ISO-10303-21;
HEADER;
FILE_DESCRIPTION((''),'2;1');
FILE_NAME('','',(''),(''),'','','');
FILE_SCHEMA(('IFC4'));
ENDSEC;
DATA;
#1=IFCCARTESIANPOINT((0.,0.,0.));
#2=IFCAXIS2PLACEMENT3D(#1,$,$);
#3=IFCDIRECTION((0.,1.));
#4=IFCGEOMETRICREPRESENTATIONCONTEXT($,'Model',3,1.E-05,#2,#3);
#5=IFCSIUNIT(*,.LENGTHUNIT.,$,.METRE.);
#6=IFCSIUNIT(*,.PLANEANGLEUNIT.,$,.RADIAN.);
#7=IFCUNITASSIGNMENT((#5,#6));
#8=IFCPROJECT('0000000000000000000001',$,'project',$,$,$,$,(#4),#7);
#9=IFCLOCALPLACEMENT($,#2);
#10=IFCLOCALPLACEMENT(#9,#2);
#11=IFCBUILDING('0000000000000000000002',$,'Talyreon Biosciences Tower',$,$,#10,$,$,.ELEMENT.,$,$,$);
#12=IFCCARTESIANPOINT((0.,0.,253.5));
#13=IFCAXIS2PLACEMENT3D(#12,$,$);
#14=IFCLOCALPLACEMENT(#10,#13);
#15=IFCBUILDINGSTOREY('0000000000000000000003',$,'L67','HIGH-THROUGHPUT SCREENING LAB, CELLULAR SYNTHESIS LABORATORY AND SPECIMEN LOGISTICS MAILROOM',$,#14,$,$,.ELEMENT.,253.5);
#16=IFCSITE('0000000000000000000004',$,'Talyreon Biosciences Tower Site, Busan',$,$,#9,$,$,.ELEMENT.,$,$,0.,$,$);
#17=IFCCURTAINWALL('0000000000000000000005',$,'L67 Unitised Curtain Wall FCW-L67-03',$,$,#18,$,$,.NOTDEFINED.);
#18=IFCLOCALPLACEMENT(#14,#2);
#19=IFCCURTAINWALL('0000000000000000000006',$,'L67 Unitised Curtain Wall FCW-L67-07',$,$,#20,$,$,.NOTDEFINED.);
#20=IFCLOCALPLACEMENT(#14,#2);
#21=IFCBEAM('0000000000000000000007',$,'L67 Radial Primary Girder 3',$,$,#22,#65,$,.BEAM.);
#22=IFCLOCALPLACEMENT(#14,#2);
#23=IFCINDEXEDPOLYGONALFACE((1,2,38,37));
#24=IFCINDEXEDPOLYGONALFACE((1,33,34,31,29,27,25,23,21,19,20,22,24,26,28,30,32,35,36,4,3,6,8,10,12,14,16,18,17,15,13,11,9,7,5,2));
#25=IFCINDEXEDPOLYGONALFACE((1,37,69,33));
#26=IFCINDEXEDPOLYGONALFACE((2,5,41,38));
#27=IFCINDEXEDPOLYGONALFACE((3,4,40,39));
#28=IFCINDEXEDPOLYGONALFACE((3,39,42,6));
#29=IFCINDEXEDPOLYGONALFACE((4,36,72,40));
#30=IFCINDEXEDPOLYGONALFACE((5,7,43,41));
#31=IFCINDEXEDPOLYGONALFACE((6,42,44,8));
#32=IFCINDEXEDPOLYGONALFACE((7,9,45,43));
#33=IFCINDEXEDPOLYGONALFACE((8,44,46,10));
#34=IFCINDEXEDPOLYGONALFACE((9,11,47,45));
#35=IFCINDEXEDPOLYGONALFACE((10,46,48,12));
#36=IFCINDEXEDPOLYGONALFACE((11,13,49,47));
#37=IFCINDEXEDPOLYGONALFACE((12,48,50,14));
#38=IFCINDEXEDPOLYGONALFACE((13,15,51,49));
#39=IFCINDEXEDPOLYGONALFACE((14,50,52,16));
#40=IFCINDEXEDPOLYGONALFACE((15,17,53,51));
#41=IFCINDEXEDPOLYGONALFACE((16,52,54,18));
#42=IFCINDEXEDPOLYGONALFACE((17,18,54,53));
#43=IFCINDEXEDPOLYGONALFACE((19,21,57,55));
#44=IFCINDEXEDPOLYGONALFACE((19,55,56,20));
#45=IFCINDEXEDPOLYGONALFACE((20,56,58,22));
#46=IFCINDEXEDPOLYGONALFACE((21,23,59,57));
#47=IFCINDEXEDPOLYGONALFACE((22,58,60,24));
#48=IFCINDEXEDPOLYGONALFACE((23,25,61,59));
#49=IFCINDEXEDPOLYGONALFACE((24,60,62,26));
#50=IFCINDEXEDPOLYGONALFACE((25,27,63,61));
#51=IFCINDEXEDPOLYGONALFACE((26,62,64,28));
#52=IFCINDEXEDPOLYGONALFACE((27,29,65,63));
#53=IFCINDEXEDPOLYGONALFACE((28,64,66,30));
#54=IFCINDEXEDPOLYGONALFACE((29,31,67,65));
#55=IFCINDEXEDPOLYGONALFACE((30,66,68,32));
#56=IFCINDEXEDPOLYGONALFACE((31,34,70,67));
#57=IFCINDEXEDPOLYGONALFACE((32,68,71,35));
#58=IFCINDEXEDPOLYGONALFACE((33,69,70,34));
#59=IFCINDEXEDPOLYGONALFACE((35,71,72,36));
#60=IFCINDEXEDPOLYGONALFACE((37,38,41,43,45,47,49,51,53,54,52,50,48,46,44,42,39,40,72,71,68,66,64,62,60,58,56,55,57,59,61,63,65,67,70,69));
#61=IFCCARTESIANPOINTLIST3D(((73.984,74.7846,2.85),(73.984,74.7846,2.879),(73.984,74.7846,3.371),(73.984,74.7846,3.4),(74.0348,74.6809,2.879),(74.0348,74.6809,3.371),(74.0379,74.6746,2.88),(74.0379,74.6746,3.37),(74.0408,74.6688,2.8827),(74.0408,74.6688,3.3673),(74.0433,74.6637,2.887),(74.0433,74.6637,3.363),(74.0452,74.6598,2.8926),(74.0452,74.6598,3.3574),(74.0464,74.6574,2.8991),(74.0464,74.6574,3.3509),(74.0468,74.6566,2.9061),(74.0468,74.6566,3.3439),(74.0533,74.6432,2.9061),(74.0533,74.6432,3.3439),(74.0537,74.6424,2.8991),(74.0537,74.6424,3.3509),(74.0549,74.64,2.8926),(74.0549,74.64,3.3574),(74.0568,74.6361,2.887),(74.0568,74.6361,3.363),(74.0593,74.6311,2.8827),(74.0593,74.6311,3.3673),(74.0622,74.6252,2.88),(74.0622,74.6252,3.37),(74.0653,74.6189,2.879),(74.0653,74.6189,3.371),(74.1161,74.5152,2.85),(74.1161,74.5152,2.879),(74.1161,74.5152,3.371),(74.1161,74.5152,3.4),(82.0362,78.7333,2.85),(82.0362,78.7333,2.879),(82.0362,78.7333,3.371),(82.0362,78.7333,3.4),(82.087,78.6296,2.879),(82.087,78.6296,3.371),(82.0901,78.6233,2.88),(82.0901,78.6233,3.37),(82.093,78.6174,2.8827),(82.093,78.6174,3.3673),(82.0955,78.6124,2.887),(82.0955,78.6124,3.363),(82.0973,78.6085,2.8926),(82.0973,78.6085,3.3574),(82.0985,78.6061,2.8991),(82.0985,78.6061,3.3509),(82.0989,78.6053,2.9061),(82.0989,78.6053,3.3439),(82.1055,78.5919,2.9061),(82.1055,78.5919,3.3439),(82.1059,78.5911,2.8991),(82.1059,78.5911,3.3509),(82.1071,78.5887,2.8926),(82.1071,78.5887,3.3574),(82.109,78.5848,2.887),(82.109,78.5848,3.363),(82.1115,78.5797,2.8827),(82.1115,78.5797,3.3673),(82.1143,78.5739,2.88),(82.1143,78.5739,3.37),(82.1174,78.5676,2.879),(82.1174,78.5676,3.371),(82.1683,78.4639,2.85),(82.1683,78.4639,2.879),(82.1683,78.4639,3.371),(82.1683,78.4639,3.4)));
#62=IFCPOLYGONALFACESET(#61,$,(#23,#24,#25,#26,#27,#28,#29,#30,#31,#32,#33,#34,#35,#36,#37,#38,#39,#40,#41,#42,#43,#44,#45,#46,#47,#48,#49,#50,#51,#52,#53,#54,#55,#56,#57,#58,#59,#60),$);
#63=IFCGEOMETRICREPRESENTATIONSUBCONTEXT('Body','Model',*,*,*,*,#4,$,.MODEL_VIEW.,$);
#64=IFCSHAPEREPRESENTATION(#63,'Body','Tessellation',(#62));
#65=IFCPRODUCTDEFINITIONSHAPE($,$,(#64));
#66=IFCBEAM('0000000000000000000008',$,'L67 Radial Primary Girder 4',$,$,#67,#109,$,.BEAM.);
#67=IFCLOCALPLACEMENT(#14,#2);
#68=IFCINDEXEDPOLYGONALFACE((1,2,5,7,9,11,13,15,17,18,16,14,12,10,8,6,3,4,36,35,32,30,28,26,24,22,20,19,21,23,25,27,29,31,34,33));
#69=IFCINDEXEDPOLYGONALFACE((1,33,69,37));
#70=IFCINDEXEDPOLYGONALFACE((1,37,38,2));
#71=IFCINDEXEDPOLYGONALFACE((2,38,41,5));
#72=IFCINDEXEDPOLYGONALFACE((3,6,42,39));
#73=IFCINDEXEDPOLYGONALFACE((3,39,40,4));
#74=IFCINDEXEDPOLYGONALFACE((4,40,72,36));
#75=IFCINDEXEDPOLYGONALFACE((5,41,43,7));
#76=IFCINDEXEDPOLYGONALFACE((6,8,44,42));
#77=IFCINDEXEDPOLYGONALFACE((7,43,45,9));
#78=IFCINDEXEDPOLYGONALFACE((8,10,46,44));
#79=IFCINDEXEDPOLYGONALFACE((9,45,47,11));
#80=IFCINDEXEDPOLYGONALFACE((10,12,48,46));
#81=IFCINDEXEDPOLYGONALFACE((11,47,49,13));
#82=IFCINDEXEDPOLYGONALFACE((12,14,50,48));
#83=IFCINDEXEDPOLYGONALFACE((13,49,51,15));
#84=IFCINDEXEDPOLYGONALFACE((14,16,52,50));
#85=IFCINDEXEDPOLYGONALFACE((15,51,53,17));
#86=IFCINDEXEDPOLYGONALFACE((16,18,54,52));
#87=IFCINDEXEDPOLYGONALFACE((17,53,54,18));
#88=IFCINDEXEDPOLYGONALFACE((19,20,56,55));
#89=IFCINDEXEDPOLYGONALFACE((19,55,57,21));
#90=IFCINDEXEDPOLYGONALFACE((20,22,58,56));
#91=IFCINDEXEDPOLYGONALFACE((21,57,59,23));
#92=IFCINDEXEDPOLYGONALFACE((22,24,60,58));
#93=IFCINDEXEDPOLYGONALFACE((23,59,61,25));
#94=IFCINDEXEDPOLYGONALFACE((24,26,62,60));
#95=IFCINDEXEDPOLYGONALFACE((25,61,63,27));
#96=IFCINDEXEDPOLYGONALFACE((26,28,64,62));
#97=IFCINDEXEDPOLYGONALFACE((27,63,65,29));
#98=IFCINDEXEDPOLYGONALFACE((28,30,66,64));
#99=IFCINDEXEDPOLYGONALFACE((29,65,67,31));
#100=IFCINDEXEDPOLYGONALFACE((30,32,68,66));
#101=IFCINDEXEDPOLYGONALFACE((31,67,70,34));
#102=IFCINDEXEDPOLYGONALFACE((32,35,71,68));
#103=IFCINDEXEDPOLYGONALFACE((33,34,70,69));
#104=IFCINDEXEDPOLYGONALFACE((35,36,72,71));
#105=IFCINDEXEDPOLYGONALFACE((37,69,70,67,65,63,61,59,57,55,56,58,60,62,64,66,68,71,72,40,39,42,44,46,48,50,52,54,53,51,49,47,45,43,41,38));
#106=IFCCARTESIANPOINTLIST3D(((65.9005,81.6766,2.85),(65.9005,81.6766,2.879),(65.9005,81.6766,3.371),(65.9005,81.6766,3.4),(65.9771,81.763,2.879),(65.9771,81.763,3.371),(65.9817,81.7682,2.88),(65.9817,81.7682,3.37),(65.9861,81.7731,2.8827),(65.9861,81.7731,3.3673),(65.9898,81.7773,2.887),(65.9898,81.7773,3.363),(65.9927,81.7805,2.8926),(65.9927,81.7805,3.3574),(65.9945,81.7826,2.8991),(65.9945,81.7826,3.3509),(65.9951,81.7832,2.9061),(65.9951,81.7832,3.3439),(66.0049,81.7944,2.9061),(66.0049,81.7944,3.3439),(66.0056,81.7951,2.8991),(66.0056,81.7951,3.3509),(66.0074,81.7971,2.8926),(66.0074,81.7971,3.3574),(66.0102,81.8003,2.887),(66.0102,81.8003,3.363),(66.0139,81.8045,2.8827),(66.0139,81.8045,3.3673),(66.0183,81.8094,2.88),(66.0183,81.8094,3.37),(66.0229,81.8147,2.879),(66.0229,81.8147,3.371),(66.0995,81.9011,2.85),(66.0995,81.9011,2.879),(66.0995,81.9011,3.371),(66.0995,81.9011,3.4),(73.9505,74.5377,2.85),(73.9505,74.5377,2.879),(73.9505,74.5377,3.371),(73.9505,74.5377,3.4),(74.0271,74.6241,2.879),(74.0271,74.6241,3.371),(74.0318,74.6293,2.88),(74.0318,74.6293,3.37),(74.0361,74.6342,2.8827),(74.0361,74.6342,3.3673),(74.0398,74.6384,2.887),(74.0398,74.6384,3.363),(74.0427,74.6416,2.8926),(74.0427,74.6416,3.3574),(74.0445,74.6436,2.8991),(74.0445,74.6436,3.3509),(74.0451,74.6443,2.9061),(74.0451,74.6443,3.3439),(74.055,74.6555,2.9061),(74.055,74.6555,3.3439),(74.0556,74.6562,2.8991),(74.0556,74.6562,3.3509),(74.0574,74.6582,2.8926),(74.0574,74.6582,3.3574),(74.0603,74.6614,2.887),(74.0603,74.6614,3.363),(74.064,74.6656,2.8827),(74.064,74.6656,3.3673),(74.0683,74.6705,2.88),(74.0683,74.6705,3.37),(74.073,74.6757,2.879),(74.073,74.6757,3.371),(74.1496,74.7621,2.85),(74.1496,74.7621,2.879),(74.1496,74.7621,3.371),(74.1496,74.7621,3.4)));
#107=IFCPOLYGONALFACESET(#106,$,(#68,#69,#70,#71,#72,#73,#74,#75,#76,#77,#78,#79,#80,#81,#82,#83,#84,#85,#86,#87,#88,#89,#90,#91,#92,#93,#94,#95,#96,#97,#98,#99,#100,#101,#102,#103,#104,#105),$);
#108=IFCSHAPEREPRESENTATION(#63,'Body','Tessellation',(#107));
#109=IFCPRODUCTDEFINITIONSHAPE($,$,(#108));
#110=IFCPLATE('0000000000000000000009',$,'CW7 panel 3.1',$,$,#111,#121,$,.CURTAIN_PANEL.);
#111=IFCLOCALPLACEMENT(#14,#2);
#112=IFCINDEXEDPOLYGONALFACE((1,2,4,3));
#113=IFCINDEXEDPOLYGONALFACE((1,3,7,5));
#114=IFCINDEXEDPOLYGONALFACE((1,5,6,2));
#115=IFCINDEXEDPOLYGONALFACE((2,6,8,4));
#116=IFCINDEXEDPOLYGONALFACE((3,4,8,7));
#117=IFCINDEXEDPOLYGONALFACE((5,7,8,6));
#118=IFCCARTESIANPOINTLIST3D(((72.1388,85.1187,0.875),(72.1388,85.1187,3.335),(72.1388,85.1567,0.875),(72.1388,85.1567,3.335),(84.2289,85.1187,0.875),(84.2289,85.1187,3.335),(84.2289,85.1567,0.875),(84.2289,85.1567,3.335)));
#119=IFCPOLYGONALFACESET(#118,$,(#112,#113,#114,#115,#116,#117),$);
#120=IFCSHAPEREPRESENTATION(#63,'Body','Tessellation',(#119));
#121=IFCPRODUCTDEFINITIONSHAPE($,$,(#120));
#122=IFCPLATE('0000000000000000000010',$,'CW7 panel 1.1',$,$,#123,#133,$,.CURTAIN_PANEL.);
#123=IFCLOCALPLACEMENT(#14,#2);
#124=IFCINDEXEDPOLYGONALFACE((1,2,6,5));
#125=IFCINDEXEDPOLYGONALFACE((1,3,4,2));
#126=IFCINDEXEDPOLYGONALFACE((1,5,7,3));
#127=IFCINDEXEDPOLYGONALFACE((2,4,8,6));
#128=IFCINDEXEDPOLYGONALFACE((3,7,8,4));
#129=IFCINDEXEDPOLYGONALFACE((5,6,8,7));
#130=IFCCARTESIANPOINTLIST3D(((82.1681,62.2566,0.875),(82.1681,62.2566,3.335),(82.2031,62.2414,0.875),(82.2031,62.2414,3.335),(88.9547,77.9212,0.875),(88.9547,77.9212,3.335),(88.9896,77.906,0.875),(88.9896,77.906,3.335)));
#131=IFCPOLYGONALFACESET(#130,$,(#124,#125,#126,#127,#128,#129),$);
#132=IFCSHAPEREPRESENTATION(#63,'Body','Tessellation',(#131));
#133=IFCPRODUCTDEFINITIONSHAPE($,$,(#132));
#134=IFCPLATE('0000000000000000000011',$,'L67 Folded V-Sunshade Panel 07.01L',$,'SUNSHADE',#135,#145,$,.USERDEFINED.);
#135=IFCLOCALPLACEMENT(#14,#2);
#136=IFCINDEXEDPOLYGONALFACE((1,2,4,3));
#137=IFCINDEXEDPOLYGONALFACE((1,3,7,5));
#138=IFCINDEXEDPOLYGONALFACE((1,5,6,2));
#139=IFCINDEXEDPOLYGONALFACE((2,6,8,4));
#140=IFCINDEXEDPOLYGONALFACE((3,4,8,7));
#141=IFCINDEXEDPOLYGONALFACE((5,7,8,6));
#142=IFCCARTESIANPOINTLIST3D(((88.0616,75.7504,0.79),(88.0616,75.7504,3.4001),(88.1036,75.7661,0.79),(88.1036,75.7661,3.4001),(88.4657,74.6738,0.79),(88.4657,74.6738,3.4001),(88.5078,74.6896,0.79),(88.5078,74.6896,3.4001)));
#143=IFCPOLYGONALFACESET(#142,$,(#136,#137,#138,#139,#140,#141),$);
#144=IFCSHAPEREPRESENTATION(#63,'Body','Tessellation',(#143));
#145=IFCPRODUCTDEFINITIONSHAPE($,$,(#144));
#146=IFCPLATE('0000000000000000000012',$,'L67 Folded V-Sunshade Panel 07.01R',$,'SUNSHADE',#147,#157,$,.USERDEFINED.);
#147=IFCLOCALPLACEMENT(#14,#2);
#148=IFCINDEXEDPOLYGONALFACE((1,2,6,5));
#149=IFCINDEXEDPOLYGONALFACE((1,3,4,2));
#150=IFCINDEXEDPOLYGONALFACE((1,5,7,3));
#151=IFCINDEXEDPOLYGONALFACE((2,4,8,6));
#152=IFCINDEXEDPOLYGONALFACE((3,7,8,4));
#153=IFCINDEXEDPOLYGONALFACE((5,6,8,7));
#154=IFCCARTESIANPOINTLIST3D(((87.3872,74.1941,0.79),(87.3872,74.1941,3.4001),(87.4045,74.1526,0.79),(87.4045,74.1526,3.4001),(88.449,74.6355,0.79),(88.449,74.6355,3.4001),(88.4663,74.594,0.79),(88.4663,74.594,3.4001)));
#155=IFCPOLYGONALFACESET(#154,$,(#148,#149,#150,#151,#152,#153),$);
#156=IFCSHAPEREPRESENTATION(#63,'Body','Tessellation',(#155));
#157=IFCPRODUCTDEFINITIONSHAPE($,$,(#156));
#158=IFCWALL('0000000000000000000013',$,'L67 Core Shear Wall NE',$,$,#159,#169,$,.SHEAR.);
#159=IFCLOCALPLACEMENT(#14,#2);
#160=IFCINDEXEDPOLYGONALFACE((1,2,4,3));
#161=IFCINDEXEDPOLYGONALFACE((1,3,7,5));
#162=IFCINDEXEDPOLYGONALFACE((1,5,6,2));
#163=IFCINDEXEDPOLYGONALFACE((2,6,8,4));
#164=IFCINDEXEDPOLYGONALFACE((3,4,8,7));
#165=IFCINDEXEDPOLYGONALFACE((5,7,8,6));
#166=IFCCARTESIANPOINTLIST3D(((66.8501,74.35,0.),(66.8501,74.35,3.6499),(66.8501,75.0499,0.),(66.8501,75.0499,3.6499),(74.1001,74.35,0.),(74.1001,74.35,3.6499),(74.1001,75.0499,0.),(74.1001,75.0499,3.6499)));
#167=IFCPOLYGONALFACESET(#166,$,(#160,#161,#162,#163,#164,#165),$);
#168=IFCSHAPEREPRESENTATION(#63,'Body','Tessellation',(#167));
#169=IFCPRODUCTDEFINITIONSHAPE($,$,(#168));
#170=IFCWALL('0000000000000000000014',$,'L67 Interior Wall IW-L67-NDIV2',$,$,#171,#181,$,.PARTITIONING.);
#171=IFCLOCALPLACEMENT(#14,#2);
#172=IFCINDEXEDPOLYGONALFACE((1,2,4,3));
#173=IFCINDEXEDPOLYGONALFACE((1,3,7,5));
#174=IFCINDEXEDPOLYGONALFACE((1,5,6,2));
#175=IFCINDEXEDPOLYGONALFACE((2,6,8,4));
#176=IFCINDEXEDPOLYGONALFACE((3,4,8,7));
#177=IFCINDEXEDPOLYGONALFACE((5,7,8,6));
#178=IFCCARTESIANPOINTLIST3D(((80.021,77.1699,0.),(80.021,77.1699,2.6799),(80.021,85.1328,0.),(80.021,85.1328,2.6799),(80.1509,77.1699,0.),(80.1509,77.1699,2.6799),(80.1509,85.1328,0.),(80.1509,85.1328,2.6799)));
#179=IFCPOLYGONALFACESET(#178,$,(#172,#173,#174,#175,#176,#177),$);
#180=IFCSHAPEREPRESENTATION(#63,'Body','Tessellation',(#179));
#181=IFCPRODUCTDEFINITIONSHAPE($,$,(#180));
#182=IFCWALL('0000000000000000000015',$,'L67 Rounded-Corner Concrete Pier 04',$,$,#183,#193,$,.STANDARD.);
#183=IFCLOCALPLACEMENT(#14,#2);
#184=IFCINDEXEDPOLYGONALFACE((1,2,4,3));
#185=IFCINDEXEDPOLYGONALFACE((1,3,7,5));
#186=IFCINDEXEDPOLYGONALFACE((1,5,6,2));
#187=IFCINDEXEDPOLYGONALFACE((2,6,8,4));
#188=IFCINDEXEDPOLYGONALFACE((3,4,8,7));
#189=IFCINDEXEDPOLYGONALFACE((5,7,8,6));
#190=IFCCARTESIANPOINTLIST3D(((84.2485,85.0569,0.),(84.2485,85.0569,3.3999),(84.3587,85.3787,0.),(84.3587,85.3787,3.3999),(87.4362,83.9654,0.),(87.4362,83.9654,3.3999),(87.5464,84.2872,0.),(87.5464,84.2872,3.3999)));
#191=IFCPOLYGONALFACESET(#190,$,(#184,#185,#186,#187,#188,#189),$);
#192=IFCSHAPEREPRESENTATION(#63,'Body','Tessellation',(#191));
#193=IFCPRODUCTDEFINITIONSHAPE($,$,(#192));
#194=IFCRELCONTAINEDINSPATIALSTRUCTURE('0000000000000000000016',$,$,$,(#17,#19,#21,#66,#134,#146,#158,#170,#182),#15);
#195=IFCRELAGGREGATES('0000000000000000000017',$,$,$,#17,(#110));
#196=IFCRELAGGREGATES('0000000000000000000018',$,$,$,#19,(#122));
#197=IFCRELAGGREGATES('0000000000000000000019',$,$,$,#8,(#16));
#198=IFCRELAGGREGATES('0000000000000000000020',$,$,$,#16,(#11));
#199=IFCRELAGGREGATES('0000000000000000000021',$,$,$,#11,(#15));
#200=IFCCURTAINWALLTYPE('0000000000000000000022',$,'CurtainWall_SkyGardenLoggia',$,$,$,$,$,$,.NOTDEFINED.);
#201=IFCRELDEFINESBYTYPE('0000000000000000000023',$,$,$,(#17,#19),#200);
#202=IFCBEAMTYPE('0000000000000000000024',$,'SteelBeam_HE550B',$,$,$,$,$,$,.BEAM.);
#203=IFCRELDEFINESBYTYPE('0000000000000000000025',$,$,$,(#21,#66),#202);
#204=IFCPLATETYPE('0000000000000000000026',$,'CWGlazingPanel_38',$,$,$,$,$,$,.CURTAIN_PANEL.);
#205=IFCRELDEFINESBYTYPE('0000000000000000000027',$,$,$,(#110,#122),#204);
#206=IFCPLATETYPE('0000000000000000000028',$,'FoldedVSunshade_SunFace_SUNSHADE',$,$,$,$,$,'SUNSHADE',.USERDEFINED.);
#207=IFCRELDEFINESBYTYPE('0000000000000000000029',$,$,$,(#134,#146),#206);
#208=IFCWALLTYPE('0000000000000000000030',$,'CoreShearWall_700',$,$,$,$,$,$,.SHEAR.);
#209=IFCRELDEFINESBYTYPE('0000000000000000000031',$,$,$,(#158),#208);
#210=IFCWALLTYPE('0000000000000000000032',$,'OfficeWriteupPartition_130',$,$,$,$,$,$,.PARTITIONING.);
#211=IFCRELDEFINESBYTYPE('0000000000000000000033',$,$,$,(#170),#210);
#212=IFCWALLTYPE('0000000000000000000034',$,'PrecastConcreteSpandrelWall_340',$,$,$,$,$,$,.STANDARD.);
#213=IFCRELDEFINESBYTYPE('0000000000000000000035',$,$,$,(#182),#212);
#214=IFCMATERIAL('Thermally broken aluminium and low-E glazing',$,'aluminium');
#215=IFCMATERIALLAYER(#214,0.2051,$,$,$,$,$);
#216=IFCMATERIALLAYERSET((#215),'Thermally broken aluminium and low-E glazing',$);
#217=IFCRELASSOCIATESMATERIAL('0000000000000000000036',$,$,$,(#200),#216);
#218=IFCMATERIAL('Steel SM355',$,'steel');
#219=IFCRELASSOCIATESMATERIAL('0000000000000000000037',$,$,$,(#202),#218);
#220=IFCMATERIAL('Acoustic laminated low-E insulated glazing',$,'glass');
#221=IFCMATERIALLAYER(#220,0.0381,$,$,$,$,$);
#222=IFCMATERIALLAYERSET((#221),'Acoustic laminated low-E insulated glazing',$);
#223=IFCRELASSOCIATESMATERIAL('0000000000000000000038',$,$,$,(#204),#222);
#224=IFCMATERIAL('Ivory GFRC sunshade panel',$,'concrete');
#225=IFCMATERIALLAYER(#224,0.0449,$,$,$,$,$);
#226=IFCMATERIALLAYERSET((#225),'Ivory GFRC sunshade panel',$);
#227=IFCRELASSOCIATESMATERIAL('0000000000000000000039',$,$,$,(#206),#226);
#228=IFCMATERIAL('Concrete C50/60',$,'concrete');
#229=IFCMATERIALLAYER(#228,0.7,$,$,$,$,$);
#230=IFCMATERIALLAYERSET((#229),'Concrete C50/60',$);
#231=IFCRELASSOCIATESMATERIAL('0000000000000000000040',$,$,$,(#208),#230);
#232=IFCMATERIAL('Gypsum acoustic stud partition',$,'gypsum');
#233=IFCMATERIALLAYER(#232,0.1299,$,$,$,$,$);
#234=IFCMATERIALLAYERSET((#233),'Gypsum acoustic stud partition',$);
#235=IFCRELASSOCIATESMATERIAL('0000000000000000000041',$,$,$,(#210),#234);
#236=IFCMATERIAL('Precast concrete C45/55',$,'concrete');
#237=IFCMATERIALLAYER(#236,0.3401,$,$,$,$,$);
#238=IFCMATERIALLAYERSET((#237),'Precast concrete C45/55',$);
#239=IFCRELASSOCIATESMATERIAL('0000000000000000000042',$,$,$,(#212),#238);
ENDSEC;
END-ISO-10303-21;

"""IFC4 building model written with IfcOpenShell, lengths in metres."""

from ifc_helpers import new_model, si_unit, direction, frame, frame_2d, origin, origin_2d, place, context, subcontext, project, spatial, rectangle, i_section, extrude, material, layer, layer_set, material_profile, profile_set, type_object, element, aggregate, save


model = new_model("IFC4")

# Units and contexts
model_context = context("Model", 3, precision=1e-05, world=origin(), true_north=direction((0.0, 1.0)))
body_context = subcontext(model_context, "Body", "Model", "MODEL_VIEW")
ifc_project = project(units=[si_unit("LENGTHUNIT", "METRE"), si_unit("PLANEANGLEUNIT", "RADIAN")], contexts=[model_context])

# Site, building, storey
site_placement = place(None, origin())
site = spatial("IfcSite", under=ifc_project, at=site_placement, Name="Talyreon Biosciences Tower Site, Busan", CompositionType="ELEMENT", RefElevation=0.0)
building_placement = place(site_placement, origin())
building = spatial("IfcBuilding", under=site, at=building_placement, Name="Talyreon Biosciences Tower", CompositionType="ELEMENT")
storey_placement = place(building_placement, frame((0.0, 0.0, 253.5)))
storey = spatial("IfcBuildingStorey", under=building, at=storey_placement, Name="L67", Description="HIGH-THROUGHPUT SCREENING LAB, CELLULAR SYNTHESIS LABORATORY AND SPECIMEN LOGISTICS MAILROOM", CompositionType="ELEMENT", Elevation=253.5)

# Shared definitions
ifc_material_1 = material(Name="Concrete C50/60", Category="concrete")

# Curtain wall
ifc_material_2 = material(Name="Thermally broken aluminium and low-E glazing", Category="aluminium")
ifc_layer_1 = layer(ifc_material_2, 0.2051)
ifc_layer_set_1 = layer_set([ifc_layer_1], Name="Thermally broken aluminium and low-E glazing")
curtain_wall_type = type_object("IfcCurtainWallType", Name="CurtainWall_SkyGardenLoggia", PredefinedType="NOTDEFINED", material=ifc_layer_set_1)
curtain_wall_1_placement = place(storey_placement, origin())
curtain_wall_1 = element("IfcCurtainWall", 1, at=curtain_wall_1_placement, inside=storey, type_object=curtain_wall_type, Name="L67 Unitised Curtain Wall FCW-L67-03", PredefinedType="NOTDEFINED")

# Curtain wall
curtain_wall_2_placement = place(storey_placement, origin())
curtain_wall_2 = element("IfcCurtainWall", 2, at=curtain_wall_2_placement, inside=storey, type_object=curtain_wall_type, Name="L67 Unitised Curtain Wall FCW-L67-07", PredefinedType="NOTDEFINED")

# Beams
ifc_material_3 = material(Name="Precast concrete C45/55", Category="concrete")
ifc_material_4 = material(Name="Steel SM355", Category="steel")
ifc_material_profile_1 = material_profile(ifc_material_4, i_section(OverallWidth=0.3, OverallDepth=0.55, WebThickness=0.0149, FlangeThickness=0.0291, FilletRadius=0.0271, at=origin_2d()), Name="HE550B")
ifc_profile_set_1 = profile_set([ifc_material_profile_1], Name="Steel SM355")
beam_type_1 = type_object("IfcBeamType", Name="SteelBeam_HE550B", PredefinedType="BEAM", material=ifc_profile_set_1)
beam_1_placement = place(storey_placement, frame((74.05, 74.6499, 3.125), z_axis=(0.897852, 0.440297, 0.0), x_axis=(-0.440297, 0.897852, 0.0)))
element("IfcBeam", 3, at=beam_1_placement, inside=storey, type_object=beam_type_1, Name="L67 Radial Primary Girder 3", PredefinedType="BEAM", context=body_context, shape_type="SweptSolid", body=[
    extrude(i_section(OverallWidth=0.3, OverallDepth=0.55, WebThickness=0.0149, FlangeThickness=0.0291, FilletRadius=0.0271, at=origin_2d()), origin(), (0.0, 0.0, 1.0), 8.9683),
])
beam_2_placement = place(storey_placement, frame((74.05, 74.6499, 3.125), z_axis=(-0.748179, 0.663497, 0.0), x_axis=(-0.663497, -0.748179, 0.0)))
element("IfcBeam", 4, at=beam_2_placement, inside=storey, type_object=beam_type_1, Name="L67 Radial Primary Girder 4", PredefinedType="BEAM", context=body_context, shape_type="SweptSolid", body=[
    extrude(i_section(OverallWidth=0.3, OverallDepth=0.55, WebThickness=0.0149, FlangeThickness=0.0291, FilletRadius=0.0271, at=origin_2d()), origin(), (0.0, 0.0, 1.0), 10.7595),
])

# Plates
ifc_material_5 = material(Name="Acoustic laminated low-E insulated glazing", Category="glass")
ifc_layer_2 = layer(ifc_material_5, 0.0381)
ifc_layer_set_2 = layer_set([ifc_layer_2], Name="Acoustic laminated low-E insulated glazing")
plate_type_1 = type_object("IfcPlateType", Name="CWGlazingPanel_38", PredefinedType="CURTAIN_PANEL", material=ifc_layer_set_2)
plate_1_placement = place(storey_placement, frame((78.1838, 85.1377, 0.875), z_axis=(0.0, 0.0, 1.0), x_axis=(1.0, 0.0, 0.0)))
plate_1 = element("IfcPlate", 5, at=plate_1_placement, type_object=plate_type_1, Name="CW7 panel 3.1", PredefinedType="CURTAIN_PANEL", context=body_context, shape_type="SweptSolid", body=[
    extrude(rectangle(XDim=12.0901, YDim=0.0381, at=origin_2d()), origin(), (0.0, 0.0, 1.0), 2.46),
])
aggregate(curtain_wall_1, [plate_1])
plate_2_placement = place(storey_placement, frame((85.5789, 70.0813, 0.875), z_axis=(0.0, 0.0, 1.0), x_axis=(-0.397536, -0.917587, 0.0)))
plate_2 = element("IfcPlate", 6, at=plate_2_placement, type_object=plate_type_1, Name="CW7 panel 1.1", PredefinedType="CURTAIN_PANEL", context=body_context, shape_type="SweptSolid", body=[
    extrude(rectangle(XDim=17.0715, YDim=0.0381, at=origin_2d()), origin(), (0.0, 0.0, 1.0), 2.46),
])
aggregate(curtain_wall_2, [plate_2])

# Plates
ifc_material_6 = material(Name="Ivory GFRC sunshade panel", Category="concrete")
ifc_layer_3 = layer(ifc_material_6, 0.0449)
ifc_layer_set_3 = layer_set([ifc_layer_3], Name="Ivory GFRC sunshade panel")
plate_type_2 = type_object("IfcPlateType", Name="FoldedVSunshade_SunFace_SUNSHADE", ElementType="SUNSHADE", PredefinedType="USERDEFINED", material=ifc_layer_set_3)
for number, where, z_axis, x_axis, name in (
    (7, (88.2847, 75.22, 0.79), (0.0, 0.0, 1.0), (0.35145, -0.936207, 0.0), "L67 Folded V-Sunshade Panel 07.01L"),
    (8, (87.9268, 74.394, 0.79), (0.0, 0.0, 1.0), (-0.923371, -0.383909, 0.0), "L67 Folded V-Sunshade Panel 07.01R"),
):
    element("IfcPlate", number, at=place(storey_placement, frame(where, z_axis=z_axis, x_axis=x_axis)), inside=storey, type_object=plate_type_2, Name=name, ObjectType="SUNSHADE", PredefinedType="USERDEFINED", context=body_context, shape_type="SweptSolid", body=[
        extrude(rectangle(XDim=1.1499, YDim=0.0449, at=origin_2d()), origin(), (0.0, 0.0, 1.0), 2.6101),
    ])

# Walls
ifc_layer_4 = layer(ifc_material_1, 0.7)
ifc_layer_set_4 = layer_set([ifc_layer_4], Name="Concrete C50/60")
wall_type_1 = type_object("IfcWallType", Name="CoreShearWall_700", PredefinedType="SHEAR", material=ifc_layer_set_4)
wall_1_placement = place(storey_placement, frame((74.1001, 74.7, 0.0), z_axis=(0.0, 0.0, 1.0), x_axis=(-1.0, 0.0, 0.0)))
element("IfcWall", 9, at=wall_1_placement, inside=storey, type_object=wall_type_1, Name="L67 Core Shear Wall NE", PredefinedType="SHEAR", context=body_context, shape_type="SweptSolid", body=[
    extrude(rectangle(XDim=7.25, YDim=0.7, at=frame_2d((3.625, 0.0))), origin(), (0.0, 0.0, 1.0), 3.6499),
])
ifc_material_7 = material(Name="Gypsum acoustic stud partition", Category="gypsum")
ifc_layer_5 = layer(ifc_material_7, 0.1299)
ifc_layer_set_5 = layer_set([ifc_layer_5], Name="Gypsum acoustic stud partition")
wall_type_2 = type_object("IfcWallType", Name="OfficeWriteupPartition_130", PredefinedType="PARTITIONING", material=ifc_layer_set_5)
wall_2_placement = place(storey_placement, frame((80.0859, 77.1699, 0.0), z_axis=(0.0, 0.0, 1.0), x_axis=(0.0, 1.0, 0.0)))
element("IfcWall", 10, at=wall_2_placement, inside=storey, type_object=wall_type_2, Name="L67 Interior Wall IW-L67-NDIV2", PredefinedType="PARTITIONING", context=body_context, shape_type="SweptSolid", body=[
    extrude(rectangle(XDim=7.9629, YDim=0.1299, at=frame_2d((3.9814, 0.0))), origin(), (0.0, 0.0, 1.0), 2.6799),
])
ifc_layer_6 = layer(ifc_material_3, 0.3401)
ifc_layer_set_6 = layer_set([ifc_layer_6], Name="Precast concrete C45/55")
wall_type_3 = type_object("IfcWallType", Name="PrecastConcreteSpandrelWall_340", PredefinedType="STANDARD", material=ifc_layer_set_6)
wall_3_placement = place(storey_placement, frame((84.3037, 85.2178, 0.0), z_axis=(0.0, 0.0, 1.0), x_axis=(0.946072, -0.323956, 0.0)))
element("IfcWall", 11, at=wall_3_placement, inside=storey, type_object=wall_type_3, Name="L67 Rounded-Corner Concrete Pier 04", PredefinedType="STANDARD", context=body_context, shape_type="SweptSolid", body=[
    extrude(rectangle(XDim=3.3694, YDim=0.3401, at=frame_2d((1.6846, 0.0))), origin(), (0.0, 0.0, 1.0), 3.3999),
])

save(model, "model.ifc")
